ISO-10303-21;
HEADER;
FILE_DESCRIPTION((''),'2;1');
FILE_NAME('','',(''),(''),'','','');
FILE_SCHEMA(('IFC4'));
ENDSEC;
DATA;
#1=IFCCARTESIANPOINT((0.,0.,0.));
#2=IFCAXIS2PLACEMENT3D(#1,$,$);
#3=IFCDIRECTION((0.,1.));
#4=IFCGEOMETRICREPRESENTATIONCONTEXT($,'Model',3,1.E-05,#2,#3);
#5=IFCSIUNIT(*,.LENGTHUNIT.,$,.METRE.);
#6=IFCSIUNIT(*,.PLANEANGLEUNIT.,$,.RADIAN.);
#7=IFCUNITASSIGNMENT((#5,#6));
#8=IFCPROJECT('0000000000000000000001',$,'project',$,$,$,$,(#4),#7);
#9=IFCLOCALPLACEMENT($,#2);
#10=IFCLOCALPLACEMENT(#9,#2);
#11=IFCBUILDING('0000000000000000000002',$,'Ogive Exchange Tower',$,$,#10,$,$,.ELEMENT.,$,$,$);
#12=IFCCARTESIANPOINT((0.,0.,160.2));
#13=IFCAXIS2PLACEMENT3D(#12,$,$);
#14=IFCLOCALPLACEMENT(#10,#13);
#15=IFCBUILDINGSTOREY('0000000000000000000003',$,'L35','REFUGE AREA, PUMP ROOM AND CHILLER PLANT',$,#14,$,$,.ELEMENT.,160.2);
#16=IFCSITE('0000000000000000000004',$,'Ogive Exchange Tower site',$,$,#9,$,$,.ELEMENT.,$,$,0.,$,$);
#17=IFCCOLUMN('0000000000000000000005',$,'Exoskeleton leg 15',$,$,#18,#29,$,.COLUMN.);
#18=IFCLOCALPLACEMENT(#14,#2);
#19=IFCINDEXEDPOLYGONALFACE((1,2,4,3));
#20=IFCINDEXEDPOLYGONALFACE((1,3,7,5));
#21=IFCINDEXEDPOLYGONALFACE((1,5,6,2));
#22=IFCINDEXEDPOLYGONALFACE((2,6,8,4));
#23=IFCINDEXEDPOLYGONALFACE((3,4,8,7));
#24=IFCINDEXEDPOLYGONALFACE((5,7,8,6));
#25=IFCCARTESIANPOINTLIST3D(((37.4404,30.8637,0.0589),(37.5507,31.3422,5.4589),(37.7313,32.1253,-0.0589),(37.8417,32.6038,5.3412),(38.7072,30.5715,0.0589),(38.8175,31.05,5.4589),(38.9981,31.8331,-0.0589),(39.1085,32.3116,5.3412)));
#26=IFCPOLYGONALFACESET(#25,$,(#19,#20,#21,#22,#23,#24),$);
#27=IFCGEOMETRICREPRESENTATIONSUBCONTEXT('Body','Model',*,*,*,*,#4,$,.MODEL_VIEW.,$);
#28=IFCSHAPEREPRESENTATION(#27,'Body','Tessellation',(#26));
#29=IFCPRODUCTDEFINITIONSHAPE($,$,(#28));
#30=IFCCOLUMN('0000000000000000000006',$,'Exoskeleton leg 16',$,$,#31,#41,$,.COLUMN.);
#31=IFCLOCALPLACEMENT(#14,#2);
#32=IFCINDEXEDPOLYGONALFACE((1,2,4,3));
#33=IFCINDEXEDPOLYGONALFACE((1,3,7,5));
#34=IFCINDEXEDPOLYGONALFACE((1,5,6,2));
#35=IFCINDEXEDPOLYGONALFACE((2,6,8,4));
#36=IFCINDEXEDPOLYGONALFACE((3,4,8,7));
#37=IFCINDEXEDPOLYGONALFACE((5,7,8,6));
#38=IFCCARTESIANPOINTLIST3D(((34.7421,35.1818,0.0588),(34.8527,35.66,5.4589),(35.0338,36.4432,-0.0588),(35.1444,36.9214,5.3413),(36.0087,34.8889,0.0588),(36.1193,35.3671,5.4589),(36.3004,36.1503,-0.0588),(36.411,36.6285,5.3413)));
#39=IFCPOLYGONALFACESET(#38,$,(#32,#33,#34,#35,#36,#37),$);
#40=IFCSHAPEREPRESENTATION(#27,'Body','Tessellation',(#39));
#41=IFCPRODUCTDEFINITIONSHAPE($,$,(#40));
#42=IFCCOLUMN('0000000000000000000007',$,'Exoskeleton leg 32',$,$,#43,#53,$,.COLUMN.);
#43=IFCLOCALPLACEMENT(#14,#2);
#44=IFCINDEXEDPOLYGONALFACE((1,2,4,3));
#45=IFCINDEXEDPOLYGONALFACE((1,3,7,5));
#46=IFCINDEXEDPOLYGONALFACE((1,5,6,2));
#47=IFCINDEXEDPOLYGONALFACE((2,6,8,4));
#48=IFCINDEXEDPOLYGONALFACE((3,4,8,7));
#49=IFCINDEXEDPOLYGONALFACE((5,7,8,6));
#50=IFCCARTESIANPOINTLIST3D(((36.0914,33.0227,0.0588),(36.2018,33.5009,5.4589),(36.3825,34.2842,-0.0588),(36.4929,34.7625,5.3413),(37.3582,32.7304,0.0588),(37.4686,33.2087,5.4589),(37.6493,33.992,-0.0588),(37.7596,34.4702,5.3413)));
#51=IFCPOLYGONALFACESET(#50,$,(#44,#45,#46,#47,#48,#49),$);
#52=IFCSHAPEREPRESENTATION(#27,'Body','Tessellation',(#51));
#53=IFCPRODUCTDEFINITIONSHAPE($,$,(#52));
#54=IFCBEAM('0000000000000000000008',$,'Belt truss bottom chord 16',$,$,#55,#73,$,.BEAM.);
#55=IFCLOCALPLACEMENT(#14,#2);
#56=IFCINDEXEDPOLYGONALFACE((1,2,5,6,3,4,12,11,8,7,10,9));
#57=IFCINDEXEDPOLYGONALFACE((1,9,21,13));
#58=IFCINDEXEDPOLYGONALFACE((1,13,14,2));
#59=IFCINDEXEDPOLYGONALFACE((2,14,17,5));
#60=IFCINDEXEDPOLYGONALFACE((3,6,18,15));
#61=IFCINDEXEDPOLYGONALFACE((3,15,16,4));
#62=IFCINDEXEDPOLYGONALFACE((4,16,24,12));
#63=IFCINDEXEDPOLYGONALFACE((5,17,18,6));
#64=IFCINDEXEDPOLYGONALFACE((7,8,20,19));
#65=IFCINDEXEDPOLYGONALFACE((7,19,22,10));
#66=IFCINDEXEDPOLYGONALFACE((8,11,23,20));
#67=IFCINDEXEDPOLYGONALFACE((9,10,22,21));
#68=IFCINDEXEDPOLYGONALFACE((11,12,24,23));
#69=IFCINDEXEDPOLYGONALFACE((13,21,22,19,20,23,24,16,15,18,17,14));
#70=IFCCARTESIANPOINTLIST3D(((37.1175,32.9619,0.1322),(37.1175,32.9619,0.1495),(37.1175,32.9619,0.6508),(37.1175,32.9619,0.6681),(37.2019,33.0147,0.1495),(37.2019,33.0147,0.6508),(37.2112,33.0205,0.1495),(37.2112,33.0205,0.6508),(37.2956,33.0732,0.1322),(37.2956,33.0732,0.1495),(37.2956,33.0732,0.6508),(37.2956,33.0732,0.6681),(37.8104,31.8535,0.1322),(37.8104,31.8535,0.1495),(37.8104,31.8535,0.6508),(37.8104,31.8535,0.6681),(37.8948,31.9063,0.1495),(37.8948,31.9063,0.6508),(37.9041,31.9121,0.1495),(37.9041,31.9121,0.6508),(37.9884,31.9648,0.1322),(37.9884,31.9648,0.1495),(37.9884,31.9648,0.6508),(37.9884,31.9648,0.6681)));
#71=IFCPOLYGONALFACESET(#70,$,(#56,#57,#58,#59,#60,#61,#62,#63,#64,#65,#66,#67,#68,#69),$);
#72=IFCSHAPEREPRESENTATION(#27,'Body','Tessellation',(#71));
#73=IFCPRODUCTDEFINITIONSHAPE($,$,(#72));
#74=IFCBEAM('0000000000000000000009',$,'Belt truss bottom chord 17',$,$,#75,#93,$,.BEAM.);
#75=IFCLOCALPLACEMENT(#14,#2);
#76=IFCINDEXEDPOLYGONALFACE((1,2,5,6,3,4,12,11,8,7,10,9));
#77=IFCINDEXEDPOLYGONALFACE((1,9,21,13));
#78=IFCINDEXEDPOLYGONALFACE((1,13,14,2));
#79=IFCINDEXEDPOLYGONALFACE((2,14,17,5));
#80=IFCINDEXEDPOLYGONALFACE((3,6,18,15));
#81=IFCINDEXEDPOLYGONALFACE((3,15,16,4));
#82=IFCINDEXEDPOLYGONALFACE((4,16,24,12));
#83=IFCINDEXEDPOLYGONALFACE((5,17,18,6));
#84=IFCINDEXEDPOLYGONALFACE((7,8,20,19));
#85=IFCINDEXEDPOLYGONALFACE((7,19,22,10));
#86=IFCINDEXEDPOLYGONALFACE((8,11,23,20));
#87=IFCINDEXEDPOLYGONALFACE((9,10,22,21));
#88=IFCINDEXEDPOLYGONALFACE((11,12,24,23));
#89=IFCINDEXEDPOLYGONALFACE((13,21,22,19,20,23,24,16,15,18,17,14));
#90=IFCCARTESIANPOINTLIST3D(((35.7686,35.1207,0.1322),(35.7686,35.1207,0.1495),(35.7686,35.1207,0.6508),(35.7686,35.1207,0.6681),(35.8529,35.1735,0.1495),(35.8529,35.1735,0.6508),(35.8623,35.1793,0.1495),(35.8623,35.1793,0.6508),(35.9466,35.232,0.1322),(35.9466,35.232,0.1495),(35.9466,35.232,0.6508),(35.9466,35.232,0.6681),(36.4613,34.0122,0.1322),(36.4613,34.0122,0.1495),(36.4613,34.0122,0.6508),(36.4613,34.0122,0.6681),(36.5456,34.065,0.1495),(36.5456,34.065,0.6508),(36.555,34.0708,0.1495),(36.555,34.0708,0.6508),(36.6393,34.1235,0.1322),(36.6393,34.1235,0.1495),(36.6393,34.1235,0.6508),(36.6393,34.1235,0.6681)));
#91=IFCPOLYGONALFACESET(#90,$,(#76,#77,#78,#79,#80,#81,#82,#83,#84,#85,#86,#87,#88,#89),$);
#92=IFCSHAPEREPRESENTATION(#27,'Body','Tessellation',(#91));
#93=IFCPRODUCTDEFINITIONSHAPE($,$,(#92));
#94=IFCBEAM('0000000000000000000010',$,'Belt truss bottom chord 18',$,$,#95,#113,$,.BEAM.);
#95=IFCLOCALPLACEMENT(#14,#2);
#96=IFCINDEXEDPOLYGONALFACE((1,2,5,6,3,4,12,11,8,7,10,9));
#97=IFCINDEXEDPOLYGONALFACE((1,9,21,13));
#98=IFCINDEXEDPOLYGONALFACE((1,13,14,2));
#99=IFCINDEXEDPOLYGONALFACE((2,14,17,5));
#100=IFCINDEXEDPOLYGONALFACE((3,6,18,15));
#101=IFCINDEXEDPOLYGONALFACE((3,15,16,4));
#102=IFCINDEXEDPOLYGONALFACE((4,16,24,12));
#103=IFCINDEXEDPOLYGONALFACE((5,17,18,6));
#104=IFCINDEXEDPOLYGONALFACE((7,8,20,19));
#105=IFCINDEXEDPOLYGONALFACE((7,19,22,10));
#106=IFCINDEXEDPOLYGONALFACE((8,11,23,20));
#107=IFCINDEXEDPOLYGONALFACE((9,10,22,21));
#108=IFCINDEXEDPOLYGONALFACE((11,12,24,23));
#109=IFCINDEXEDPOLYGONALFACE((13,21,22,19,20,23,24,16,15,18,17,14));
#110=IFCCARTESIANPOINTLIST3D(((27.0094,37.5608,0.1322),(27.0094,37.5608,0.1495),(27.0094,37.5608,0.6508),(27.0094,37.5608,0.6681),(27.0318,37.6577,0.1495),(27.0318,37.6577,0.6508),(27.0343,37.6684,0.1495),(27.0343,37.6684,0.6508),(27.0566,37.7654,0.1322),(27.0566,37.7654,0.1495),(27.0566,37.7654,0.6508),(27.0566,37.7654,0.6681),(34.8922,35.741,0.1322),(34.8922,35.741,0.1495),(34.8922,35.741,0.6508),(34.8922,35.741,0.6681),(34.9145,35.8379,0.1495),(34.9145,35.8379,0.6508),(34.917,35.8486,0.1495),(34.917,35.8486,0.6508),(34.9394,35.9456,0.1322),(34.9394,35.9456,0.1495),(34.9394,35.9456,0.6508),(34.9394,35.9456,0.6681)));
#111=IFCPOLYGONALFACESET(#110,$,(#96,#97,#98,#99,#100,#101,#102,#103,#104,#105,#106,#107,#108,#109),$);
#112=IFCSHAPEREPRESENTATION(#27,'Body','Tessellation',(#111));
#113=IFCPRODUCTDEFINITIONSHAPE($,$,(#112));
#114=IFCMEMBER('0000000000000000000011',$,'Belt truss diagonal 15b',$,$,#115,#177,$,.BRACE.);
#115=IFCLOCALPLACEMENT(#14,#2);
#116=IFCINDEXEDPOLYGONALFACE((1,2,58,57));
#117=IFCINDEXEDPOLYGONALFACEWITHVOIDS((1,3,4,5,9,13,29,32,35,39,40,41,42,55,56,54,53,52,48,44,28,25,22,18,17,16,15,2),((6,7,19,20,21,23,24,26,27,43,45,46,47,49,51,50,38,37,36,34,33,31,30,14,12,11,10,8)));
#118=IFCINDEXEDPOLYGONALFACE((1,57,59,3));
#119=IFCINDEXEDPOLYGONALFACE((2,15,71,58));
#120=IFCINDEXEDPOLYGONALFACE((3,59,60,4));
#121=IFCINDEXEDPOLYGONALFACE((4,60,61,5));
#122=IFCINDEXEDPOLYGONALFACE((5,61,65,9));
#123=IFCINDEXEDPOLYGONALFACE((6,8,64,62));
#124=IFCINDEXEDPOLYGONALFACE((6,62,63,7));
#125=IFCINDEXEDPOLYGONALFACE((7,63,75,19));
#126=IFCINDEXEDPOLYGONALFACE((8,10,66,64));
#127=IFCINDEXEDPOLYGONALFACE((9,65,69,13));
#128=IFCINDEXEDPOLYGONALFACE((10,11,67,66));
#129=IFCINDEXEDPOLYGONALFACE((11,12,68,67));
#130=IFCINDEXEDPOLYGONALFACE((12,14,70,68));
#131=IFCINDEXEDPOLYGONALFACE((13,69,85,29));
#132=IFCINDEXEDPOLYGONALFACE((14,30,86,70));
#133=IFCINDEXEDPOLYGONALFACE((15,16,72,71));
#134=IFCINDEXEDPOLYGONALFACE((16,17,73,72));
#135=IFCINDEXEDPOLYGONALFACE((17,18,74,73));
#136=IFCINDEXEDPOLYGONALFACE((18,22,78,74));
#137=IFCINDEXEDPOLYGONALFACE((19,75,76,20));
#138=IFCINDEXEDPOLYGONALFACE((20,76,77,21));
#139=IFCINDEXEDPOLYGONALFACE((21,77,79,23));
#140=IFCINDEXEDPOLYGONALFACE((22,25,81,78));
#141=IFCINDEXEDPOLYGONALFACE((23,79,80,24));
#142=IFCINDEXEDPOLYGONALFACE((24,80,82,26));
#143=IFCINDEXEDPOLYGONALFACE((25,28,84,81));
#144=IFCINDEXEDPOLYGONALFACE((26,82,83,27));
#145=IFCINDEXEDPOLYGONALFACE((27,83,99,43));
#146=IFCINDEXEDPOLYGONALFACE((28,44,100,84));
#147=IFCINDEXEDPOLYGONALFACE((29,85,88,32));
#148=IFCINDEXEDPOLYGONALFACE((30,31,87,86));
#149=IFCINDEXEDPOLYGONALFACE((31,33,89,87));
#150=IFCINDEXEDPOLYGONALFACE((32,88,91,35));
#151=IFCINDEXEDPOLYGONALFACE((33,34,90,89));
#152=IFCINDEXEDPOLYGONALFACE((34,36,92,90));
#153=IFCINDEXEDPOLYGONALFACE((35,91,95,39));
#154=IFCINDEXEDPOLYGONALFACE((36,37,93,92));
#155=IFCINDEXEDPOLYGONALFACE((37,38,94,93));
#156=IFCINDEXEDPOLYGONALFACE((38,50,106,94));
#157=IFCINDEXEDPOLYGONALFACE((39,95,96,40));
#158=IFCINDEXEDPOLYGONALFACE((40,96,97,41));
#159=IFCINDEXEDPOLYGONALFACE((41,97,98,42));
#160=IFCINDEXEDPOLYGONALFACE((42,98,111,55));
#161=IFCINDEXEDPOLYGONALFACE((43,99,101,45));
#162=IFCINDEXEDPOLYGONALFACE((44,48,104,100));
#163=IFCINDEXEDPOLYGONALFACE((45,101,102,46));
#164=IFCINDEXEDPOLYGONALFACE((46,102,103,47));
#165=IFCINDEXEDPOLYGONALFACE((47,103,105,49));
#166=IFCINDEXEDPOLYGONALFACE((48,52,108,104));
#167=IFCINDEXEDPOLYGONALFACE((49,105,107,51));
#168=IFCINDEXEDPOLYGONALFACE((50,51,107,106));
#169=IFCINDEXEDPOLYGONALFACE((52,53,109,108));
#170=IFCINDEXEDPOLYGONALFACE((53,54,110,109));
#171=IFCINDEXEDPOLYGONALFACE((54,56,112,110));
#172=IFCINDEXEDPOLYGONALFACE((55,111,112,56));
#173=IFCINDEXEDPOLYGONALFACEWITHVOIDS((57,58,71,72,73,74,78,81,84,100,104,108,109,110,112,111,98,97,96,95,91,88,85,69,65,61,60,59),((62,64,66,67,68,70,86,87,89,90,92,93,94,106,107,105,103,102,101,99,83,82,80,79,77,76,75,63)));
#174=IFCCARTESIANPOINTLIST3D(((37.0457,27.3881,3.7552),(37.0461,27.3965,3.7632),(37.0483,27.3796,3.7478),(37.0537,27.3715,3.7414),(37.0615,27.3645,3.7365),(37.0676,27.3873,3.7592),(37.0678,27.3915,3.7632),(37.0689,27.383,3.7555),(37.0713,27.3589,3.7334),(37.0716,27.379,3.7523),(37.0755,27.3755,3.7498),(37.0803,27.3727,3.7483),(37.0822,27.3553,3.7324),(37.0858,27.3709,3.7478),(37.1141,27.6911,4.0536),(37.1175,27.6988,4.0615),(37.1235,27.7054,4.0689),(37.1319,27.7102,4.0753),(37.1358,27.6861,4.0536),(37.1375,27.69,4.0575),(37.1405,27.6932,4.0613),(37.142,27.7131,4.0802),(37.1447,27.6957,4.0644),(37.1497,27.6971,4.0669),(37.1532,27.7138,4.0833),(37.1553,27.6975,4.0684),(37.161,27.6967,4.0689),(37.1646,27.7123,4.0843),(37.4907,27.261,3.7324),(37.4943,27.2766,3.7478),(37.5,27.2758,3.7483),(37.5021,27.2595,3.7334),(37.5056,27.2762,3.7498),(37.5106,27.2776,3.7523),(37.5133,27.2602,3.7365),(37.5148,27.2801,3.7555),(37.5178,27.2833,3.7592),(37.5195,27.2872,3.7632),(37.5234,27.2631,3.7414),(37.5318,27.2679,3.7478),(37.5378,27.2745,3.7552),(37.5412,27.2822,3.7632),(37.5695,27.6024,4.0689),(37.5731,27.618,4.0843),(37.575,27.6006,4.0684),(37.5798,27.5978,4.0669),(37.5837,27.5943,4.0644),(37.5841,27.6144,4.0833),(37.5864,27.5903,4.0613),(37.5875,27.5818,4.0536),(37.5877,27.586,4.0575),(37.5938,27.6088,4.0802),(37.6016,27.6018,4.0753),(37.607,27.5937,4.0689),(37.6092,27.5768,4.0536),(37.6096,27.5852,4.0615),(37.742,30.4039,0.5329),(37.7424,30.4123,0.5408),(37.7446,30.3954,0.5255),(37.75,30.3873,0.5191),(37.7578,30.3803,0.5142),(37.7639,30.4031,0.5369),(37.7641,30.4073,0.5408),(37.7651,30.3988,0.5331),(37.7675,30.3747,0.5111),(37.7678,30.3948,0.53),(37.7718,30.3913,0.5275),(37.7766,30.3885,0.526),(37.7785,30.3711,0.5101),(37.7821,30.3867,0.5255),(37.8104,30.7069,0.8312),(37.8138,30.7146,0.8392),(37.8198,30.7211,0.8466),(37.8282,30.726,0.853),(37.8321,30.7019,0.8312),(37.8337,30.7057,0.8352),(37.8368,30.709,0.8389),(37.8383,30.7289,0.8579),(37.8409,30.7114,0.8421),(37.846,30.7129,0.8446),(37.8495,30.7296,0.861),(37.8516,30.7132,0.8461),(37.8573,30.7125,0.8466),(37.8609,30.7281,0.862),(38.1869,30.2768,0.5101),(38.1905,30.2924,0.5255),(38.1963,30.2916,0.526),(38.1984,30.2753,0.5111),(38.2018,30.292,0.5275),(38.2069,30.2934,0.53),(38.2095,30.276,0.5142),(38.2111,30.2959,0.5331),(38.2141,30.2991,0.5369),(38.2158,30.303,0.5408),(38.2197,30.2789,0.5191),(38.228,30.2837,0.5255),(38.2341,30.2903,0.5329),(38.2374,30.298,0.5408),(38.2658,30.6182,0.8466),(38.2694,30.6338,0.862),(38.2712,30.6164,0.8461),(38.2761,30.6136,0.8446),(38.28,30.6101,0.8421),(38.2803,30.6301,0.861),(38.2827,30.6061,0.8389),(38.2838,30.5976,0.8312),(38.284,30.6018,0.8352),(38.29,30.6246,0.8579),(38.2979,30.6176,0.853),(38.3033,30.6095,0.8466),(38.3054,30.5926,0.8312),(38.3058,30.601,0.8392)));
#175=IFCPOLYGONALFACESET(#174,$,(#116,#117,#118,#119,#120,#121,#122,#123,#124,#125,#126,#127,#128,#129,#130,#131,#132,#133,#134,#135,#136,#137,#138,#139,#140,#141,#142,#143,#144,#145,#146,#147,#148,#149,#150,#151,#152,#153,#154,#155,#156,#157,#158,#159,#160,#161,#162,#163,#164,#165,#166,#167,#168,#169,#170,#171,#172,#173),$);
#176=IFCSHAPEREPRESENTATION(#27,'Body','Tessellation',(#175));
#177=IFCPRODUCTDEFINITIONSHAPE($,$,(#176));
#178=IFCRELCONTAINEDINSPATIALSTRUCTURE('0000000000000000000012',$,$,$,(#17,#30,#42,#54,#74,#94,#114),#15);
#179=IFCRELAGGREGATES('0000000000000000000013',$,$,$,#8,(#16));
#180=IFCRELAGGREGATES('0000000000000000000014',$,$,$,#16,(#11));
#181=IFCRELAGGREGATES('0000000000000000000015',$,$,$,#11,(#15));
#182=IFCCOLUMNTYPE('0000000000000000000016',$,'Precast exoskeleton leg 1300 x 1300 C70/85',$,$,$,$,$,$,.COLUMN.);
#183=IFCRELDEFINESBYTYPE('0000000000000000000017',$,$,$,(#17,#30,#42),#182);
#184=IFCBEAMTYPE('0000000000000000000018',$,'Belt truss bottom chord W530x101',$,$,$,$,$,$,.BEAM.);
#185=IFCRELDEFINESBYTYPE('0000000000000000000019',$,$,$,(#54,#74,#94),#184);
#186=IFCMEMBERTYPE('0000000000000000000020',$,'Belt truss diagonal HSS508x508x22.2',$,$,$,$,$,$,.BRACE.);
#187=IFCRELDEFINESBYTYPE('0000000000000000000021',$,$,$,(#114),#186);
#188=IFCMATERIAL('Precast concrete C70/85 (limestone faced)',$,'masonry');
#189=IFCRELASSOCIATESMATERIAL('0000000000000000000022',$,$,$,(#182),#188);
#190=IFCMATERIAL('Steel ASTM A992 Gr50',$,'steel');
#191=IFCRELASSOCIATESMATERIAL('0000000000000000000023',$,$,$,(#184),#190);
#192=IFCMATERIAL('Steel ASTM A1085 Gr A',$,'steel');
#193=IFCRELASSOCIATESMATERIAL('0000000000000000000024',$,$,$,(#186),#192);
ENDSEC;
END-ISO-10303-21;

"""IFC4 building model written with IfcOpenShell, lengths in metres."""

from ifc_helpers import new_model, si_unit, direction, frame, origin, origin_2d, place, context, subcontext, project, spatial, rectangle, hollow_rectangle, i_section, extrude, material, material_profile, profile_set, type_object, element, save


model = new_model("IFC4")

# Units and contexts
model_context = context("Model", 3, precision=1e-05, world=origin(), true_north=direction((0.0, 1.0)))
body_context = subcontext(model_context, "Body", "Model", "MODEL_VIEW")
ifc_project = project(units=[si_unit("LENGTHUNIT", "METRE"), si_unit("PLANEANGLEUNIT", "RADIAN")], contexts=[model_context])

# Site, building, storey
site_placement = place(None, origin())
site = spatial("IfcSite", under=ifc_project, at=site_placement, Name="Ogive Exchange Tower site", CompositionType="ELEMENT", RefElevation=0.0)
building_placement = place(site_placement, origin())
building = spatial("IfcBuilding", under=site, at=building_placement, Name="Ogive Exchange Tower", CompositionType="ELEMENT")
storey_placement = place(building_placement, frame((0.0, 0.0, 160.2)))
storey = spatial("IfcBuildingStorey", under=building, at=storey_placement, Name="L35", Description="REFUGE AREA, PUMP ROOM AND CHILLER PLANT", CompositionType="ELEMENT", Elevation=160.2)

# Columns
ifc_material_1 = material(Name="Precast concrete C70/85 (limestone faced)", Category="masonry")
ifc_material_profile_1 = material_profile(ifc_material_1, rectangle(XDim=1.3, YDim=1.3, at=origin_2d()), Name="1300 x 1300")
ifc_profile_set_1 = profile_set([ifc_material_profile_1], Name="Precast concrete C70/85 (limestone faced)")
column_type = type_object("IfcColumnType", Name="Precast exoskeleton leg 1300 x 1300 C70/85", PredefinedType="COLUMN", material=ifc_profile_set_1)
for number, where, z_axis, x_axis, name in (
    (1, (38.2192, 31.3484, 0.0), (0.020351, 0.088247, 0.995891), (-0.974425, 0.224714, 0.0), "Exoskeleton leg 15"),
    (2, (35.5212, 35.666, 0.0), (0.020396, 0.088203, 0.995894), (-0.974291, 0.225295, 0.0), "Exoskeleton leg 16"),
    (3, (36.8704, 33.5073, 0.0), (0.020351, 0.088203, 0.995895), (-0.9744, 0.224823, 0.0), "Exoskeleton leg 32"),
):
    element("IfcColumn", number, at=place(storey_placement, frame(where, z_axis=z_axis, x_axis=x_axis)), inside=storey, type_object=column_type, Name=name, PredefinedType="COLUMN", context=body_context, shape_type="SweptSolid", body=[
        extrude(rectangle(XDim=1.3, YDim=1.3, at=origin_2d()), origin(), (0.0, 0.0, 1.0), 5.4224),
    ])

# Beams
ifc_material_2 = material(Name="Steel ASTM A992 Gr50", Category="steel")
ifc_material_profile_2 = material_profile(ifc_material_2, i_section(OverallWidth=0.21, OverallDepth=0.5359, WebThickness=0.011, FlangeThickness=0.0173, at=origin_2d()), Name="W530x101")
ifc_profile_set_2 = profile_set([ifc_material_profile_2], Name="Steel ASTM A992 Gr50")
beam_type_1 = type_object("IfcBeamType", Name="Belt truss bottom chord W530x101", PredefinedType="BEAM", material=ifc_profile_set_2)
for number, where, z_axis, x_axis, name in (
    (4, (37.8994, 31.9092, 0.4001), (-0.530066, 0.847956, 0.0), (-0.847956, -0.530066, 0.0), "Belt truss bottom chord 16"),
    (5, (36.5503, 34.0679, 0.4001), (-0.529932, 0.84804, 0.0), (-0.84804, -0.529932, 0.0), "Belt truss bottom chord 17"),
):
    element("IfcBeam", number, at=place(storey_placement, frame(where, z_axis=z_axis, x_axis=x_axis)), inside=storey, type_object=beam_type_1, Name=name, PredefinedType="BEAM", context=body_context, shape_type="SweptSolid", body=[
        extrude(i_section(OverallWidth=0.21, OverallDepth=0.5359, WebThickness=0.011, FlangeThickness=0.0173, at=origin_2d()), origin(), (0.0, 0.0, 1.0), 1.3071),
    ])
beam_1_placement = place(storey_placement, frame((34.9158, 35.8433, 0.4001), z_axis=(-0.974372, 0.224943, 0.0), x_axis=(-0.224943, -0.974372, 0.0)))
element("IfcBeam", 6, at=beam_1_placement, inside=storey, type_object=beam_type_1, Name="Belt truss bottom chord 18", PredefinedType="BEAM", context=body_context, shape_type="SweptSolid", body=[
    extrude(i_section(OverallWidth=0.21, OverallDepth=0.5359, WebThickness=0.011, FlangeThickness=0.0173, at=origin_2d()), origin(), (0.0, 0.0, 1.0), 8.0901),
])

# Member
ifc_material_3 = material(Name="Steel ASTM A1085 Gr A", Category="steel")
ifc_material_profile_3 = material_profile(ifc_material_3, hollow_rectangle(XDim=0.5081, YDim=0.5081, WallThickness=0.0222, InnerFilletRadius=0.0222, OuterFilletRadius=0.0444, at=origin_2d()), Name="HSS508x508x22.2")
ifc_profile_set_3 = profile_set([ifc_material_profile_3], Name="Steel ASTM A1085 Gr A")
member_type = type_object("IfcMemberType", Name="Belt truss diagonal HSS508x508x22.2", PredefinedType="BRACE", material=ifc_profile_set_3)
member_1_placement = place(storey_placement, frame((38.0239, 30.5024, 0.686), z_axis=(-0.155834, -0.674973, 0.721199), x_axis=(0.974369, -0.224957, 0.0)))
element("IfcMember", 7, at=member_1_placement, inside=storey, type_object=member_type, Name="Belt truss diagonal 15b", PredefinedType="BRACE", context=body_context, shape_type="SweptSolid", body=[
    extrude(hollow_rectangle(XDim=0.5081, YDim=0.5081, WallThickness=0.0222, InnerFilletRadius=0.0222, OuterFilletRadius=0.0444, at=origin_2d()), origin(), (0.0, 0.0, 1.0), 4.468),
])

save(model, "model.ifc")
